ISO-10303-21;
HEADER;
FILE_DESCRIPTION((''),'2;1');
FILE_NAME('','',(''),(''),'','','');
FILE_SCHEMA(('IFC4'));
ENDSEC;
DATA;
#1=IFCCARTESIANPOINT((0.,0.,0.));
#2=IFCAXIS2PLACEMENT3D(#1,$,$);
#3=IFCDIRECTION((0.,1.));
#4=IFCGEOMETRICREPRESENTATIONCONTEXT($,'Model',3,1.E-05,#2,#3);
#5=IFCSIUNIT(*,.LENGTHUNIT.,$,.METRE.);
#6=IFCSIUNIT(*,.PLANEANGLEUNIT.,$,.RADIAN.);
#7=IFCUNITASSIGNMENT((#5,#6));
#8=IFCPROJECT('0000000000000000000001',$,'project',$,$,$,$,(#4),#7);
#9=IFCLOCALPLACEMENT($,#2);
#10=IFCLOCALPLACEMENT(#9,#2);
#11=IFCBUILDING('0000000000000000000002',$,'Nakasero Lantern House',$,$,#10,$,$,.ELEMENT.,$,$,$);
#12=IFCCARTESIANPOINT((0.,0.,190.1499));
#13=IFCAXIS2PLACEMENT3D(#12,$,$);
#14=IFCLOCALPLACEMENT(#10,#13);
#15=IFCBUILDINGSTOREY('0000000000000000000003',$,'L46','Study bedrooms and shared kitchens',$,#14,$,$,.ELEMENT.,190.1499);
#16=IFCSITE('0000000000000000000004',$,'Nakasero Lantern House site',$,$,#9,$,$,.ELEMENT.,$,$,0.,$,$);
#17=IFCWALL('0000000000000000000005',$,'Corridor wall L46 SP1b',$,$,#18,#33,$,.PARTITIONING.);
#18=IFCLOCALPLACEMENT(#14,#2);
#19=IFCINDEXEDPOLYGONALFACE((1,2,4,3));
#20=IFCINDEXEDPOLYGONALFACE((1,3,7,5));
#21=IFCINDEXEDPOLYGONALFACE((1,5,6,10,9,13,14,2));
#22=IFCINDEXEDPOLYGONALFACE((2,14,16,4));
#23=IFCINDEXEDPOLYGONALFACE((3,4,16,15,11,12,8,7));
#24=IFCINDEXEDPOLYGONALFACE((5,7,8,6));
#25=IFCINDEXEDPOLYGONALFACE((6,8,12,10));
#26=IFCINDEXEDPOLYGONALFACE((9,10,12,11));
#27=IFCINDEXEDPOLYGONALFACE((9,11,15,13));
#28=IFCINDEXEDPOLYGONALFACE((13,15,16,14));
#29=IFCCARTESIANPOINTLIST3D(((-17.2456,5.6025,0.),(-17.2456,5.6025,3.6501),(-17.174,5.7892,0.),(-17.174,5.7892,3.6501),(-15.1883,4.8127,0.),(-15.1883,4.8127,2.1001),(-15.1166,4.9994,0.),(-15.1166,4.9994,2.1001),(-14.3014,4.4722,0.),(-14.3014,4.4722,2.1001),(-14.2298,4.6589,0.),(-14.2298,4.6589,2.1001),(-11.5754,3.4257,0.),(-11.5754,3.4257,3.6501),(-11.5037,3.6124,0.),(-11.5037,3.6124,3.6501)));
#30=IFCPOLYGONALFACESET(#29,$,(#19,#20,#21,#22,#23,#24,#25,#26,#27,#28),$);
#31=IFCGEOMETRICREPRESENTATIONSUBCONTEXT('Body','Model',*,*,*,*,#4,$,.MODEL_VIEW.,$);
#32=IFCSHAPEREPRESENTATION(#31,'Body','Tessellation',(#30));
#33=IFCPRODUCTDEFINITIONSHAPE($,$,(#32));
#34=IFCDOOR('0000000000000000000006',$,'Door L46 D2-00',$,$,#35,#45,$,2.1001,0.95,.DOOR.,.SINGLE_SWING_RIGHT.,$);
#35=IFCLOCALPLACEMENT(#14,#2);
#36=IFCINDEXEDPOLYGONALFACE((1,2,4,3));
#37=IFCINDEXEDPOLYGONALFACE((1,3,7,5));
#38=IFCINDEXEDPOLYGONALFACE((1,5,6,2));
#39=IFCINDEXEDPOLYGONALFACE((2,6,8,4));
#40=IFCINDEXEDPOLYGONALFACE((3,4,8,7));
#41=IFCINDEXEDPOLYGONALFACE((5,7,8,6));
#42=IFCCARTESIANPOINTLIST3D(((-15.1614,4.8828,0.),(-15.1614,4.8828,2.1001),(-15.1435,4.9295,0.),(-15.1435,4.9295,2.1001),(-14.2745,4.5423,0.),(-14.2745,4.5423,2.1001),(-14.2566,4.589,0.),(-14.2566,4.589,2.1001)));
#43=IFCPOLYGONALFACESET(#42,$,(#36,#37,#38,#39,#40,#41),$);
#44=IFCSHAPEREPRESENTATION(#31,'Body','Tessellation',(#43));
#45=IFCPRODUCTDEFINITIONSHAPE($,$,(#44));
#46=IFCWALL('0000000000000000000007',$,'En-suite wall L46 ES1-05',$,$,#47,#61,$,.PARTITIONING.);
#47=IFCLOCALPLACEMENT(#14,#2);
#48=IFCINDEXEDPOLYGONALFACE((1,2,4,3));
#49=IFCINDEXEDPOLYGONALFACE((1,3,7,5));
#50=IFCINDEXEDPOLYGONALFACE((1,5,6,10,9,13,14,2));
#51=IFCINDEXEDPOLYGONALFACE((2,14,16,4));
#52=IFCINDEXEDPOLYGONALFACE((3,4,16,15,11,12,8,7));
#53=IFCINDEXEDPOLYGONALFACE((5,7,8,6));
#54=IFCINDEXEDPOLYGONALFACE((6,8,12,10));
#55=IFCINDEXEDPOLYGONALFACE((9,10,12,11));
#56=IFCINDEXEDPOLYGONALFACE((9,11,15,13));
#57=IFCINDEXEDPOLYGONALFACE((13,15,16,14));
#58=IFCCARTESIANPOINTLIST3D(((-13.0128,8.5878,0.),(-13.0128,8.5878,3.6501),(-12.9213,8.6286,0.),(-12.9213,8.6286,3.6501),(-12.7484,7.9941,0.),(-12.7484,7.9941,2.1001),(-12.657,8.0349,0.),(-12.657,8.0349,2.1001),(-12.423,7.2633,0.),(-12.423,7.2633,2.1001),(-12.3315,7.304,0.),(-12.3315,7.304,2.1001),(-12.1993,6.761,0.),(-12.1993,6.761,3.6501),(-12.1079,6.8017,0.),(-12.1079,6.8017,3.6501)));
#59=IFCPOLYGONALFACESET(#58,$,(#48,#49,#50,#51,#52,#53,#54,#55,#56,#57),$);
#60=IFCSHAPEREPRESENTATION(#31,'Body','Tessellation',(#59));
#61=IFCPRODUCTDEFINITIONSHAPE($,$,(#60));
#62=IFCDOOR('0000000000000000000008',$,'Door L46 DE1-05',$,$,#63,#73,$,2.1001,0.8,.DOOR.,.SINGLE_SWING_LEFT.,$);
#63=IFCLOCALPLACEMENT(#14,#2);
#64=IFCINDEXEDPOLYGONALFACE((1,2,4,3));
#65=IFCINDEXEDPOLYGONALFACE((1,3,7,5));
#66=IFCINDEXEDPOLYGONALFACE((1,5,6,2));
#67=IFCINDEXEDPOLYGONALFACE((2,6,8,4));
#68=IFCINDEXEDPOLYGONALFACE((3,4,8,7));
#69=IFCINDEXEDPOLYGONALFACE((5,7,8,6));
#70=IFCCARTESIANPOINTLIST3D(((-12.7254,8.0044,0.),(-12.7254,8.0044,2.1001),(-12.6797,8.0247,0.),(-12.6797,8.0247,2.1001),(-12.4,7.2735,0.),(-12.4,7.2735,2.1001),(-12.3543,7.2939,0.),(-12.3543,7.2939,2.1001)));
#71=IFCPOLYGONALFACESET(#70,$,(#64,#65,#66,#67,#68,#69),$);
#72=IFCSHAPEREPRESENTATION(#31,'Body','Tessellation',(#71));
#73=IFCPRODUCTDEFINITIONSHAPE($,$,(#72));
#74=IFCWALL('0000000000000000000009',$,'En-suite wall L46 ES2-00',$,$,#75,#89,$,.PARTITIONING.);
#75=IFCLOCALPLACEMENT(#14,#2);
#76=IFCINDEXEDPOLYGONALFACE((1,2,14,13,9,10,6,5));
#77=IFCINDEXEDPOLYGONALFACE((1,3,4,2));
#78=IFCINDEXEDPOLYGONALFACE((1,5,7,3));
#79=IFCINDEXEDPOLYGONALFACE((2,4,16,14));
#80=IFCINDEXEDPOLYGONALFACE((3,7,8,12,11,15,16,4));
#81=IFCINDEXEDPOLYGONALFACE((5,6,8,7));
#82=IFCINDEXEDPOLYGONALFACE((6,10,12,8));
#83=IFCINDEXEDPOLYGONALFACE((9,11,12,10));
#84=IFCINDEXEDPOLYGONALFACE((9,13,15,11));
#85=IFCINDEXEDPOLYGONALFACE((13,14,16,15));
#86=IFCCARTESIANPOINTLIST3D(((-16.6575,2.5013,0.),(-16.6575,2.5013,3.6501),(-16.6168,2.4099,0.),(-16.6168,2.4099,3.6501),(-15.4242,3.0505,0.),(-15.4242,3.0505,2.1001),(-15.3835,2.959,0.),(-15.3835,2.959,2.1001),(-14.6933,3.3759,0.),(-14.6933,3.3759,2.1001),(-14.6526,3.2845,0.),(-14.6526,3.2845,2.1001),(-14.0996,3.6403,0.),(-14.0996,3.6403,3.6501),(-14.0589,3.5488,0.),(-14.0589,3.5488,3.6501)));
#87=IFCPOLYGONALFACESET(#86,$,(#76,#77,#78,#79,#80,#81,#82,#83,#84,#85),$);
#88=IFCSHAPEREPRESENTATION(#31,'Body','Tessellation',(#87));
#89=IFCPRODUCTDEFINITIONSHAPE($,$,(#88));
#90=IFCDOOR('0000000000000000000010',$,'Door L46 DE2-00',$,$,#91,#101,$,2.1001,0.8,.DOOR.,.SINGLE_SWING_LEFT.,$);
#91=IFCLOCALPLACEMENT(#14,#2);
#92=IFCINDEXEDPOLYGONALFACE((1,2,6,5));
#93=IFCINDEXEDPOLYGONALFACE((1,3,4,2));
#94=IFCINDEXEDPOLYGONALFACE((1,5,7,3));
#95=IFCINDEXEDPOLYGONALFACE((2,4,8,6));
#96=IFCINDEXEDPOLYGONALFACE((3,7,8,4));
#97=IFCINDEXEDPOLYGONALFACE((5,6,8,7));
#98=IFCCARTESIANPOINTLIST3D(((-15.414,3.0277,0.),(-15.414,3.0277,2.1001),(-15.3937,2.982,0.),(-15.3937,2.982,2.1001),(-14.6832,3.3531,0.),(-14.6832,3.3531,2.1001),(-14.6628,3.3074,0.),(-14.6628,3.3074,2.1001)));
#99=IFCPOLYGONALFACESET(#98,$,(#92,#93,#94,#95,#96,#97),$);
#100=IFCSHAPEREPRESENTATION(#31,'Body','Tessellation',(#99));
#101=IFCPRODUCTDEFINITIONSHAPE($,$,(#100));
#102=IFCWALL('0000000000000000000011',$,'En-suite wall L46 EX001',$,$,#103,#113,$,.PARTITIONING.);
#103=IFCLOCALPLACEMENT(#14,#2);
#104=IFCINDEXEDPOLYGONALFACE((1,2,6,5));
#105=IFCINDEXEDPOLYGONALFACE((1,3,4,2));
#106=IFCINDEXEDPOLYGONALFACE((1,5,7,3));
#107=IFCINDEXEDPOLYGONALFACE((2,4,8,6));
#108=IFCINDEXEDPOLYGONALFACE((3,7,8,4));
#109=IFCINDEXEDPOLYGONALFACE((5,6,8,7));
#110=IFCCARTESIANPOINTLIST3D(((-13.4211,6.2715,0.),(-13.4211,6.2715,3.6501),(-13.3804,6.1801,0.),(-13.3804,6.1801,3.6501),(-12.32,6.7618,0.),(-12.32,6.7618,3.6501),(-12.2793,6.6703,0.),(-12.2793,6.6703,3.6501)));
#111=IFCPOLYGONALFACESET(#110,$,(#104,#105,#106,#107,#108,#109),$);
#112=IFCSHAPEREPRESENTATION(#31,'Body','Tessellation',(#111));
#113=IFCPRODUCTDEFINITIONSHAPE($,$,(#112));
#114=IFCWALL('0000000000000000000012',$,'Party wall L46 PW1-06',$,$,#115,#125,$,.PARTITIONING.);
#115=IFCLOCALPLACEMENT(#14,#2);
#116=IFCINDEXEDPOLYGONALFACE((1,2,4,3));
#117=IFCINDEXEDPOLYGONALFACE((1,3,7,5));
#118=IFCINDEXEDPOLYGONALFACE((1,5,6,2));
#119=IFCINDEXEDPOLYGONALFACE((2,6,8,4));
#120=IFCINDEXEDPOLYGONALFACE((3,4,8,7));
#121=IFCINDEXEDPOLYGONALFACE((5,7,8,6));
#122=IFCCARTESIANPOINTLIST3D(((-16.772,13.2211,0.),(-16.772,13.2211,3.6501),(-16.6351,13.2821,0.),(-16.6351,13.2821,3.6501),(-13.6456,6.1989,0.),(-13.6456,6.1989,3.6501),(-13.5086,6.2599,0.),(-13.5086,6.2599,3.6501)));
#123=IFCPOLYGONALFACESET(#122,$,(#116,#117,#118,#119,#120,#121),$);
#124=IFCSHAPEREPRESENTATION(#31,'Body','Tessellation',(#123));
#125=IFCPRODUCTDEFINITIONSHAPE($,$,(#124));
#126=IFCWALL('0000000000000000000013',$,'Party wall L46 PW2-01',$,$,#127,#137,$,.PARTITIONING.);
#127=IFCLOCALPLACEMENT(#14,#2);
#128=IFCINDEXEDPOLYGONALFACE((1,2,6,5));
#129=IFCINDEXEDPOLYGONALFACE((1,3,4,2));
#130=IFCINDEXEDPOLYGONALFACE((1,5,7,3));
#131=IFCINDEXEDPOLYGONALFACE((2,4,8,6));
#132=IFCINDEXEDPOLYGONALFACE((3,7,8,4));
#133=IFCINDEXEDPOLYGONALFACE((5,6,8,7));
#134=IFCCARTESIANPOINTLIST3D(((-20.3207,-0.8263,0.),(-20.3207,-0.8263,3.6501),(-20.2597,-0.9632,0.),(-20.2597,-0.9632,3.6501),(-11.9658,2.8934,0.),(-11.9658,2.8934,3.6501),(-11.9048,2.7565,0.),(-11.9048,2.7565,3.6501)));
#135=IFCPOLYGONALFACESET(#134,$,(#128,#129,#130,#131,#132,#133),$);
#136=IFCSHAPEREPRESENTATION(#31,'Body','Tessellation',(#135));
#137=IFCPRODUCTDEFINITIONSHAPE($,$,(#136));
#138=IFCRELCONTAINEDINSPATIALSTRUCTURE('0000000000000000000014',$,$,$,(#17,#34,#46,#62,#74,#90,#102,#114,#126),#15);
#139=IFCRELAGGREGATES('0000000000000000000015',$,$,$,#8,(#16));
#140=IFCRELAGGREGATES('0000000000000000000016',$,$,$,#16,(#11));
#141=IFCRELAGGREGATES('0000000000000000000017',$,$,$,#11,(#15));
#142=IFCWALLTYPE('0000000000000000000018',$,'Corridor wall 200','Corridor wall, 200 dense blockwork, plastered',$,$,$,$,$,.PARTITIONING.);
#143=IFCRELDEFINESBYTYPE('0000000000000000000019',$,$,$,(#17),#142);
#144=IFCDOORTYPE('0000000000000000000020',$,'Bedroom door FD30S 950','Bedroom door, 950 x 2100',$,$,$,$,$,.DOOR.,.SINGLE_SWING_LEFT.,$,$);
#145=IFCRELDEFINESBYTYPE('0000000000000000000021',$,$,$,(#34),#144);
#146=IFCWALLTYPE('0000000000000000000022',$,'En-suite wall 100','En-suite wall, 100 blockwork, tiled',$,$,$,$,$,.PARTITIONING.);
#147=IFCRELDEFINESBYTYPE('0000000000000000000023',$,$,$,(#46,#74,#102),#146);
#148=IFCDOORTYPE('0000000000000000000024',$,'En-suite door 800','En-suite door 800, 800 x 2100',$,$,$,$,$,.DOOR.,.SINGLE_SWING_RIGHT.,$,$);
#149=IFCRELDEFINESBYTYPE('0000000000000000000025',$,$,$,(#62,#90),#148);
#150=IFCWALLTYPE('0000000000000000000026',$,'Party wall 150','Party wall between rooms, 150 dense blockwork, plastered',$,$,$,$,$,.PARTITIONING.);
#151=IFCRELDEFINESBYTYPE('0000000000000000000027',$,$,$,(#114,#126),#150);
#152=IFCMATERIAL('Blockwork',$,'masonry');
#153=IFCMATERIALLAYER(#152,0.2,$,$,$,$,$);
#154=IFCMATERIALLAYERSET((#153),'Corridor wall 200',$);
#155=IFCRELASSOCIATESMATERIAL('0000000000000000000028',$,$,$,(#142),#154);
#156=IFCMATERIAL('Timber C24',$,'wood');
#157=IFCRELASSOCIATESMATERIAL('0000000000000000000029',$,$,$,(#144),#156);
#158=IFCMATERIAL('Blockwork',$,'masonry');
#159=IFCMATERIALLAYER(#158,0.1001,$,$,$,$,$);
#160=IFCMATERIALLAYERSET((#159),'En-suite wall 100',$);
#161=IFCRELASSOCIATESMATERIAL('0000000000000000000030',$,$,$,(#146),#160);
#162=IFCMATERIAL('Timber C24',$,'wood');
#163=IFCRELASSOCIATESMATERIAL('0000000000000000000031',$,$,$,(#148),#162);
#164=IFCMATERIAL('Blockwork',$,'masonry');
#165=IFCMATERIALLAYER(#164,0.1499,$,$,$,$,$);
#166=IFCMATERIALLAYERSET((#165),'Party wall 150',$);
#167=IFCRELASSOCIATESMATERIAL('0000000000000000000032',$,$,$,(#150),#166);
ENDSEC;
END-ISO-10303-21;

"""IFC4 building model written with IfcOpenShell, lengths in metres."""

from ifc_helpers import new_model, si_unit, direction, frame, frame_2d, origin, place, context, subcontext, project, spatial, rectangle, extrude, material, layer, layer_set, type_object, element, fill, save


model = new_model("IFC4")

# Units and contexts
model_context = context("Model", 3, precision=1e-05, world=origin(), true_north=direction((0.0, 1.0)))
body_context = subcontext(model_context, "Body", "Model", "MODEL_VIEW")
ifc_project = project(units=[si_unit("LENGTHUNIT", "METRE"), si_unit("PLANEANGLEUNIT", "RADIAN")], contexts=[model_context])

# Site, building, storey
site_placement = place(None, origin())
site = spatial("IfcSite", under=ifc_project, at=site_placement, Name="Nakasero Lantern House site", CompositionType="ELEMENT", RefElevation=0.0)
building_placement = place(site_placement, origin())
building = spatial("IfcBuilding", under=site, at=building_placement, Name="Nakasero Lantern House", CompositionType="ELEMENT")
storey_placement = place(building_placement, frame((0.0, 0.0, 190.1499)))
storey = spatial("IfcBuildingStorey", under=building, at=storey_placement, Name="L46", Description="Study bedrooms and shared kitchens", CompositionType="ELEMENT", Elevation=190.1499)

# Shared definitions
ifc_material_1 = material(Name="Blockwork", Category="masonry")
ifc_layer_1 = layer(ifc_material_1, 0.2)
ifc_layer_set_1 = layer_set([ifc_layer_1], Name="Corridor wall 200")
wall_type_1 = type_object("IfcWallType", Name="Corridor wall 200", Description="Corridor wall, 200 dense blockwork, plastered", PredefinedType="PARTITIONING", material=ifc_layer_set_1)

# Walls, openings, doors
ifc_material_2 = material(Name="Timber C24", Category="wood")
door_type_1 = type_object("IfcDoorType", Name="Bedroom door FD30S 950", Description="Bedroom door, 950 x 2100", OperationType="SINGLE_SWING_LEFT", PredefinedType="DOOR", material=ifc_material_2)
wall_1_placement = place(storey_placement, frame((-11.5396, 3.519, 0.0), z_axis=(0.0, 0.0, 1.0), x_axis=(-0.93357, 0.358394, 0.0)))
wall_1 = element("IfcWall", 1, at=wall_1_placement, inside=storey, type_object=wall_type_1, Name="Corridor wall L46 SP1b", PredefinedType="PARTITIONING", context=body_context, shape_type="SweptSolid", body=[
    extrude(rectangle(XDim=6.0737, YDim=0.2, at=frame_2d((3.0369, 0.0))), origin(), (0.0, 0.0, 1.0), 3.6501),
])
opening_1_placement = place(wall_1_placement, frame((2.9199, 0.0, 0.0)))
opening_1 = element("IfcOpeningElement", 2, at=opening_1_placement, cuts=wall_1, PredefinedType="OPENING", context=body_context, shape_type="SweptSolid", body=[
    extrude(rectangle(XDim=0.95, YDim=2.1001, at=frame_2d((0.4751, 1.05))), frame((0.0, 0.1199, 0.0), z_axis=(0.0, -1.0, 0.0), x_axis=(1.0, 0.0, 0.0)), (0.0, 0.0, 1.0), 0.24),
])
door_1_placement = place(opening_1_placement, origin())
door_1 = element("IfcDoor", 3, at=door_1_placement, inside=storey, type_object=door_type_1, Name="Door L46 D2-00", OperationType="SINGLE_SWING_RIGHT", OverallHeight=2.1001, OverallWidth=0.95, PredefinedType="DOOR", context=body_context, shape_type="SweptSolid", body=[
    extrude(rectangle(XDim=0.95, YDim=2.1001, at=frame_2d((0.4751, 1.05))), frame((0.0, 0.0249, 0.0), z_axis=(0.0, -1.0, 0.0), x_axis=(1.0, 0.0, 0.0)), (0.0, 0.0, 1.0), 0.05),
])
fill(opening_1, door_1)
ifc_material_3 = material(Name="Blockwork", Category="masonry")
ifc_layer_2 = layer(ifc_material_3, 0.1001)
ifc_layer_set_2 = layer_set([ifc_layer_2], Name="En-suite wall 100")
wall_type_2 = type_object("IfcWallType", Name="En-suite wall 100", Description="En-suite wall, 100 blockwork, tiled", PredefinedType="PARTITIONING", material=ifc_layer_set_2)
wall_2_placement = place(storey_placement, frame((-12.1536, 6.7812, 0.0), z_axis=(0.0, 0.0, 1.0), x_axis=(-0.406773, 0.913529, 0.0)))
wall_2 = element("IfcWall", 4, at=wall_2_placement, inside=storey, type_object=wall_type_2, Name="En-suite wall L46 ES1-05", PredefinedType="PARTITIONING", context=body_context, shape_type="SweptSolid", body=[
    extrude(rectangle(XDim=1.9998, YDim=0.1001, at=frame_2d((1.0, 0.0))), origin(), (0.0, 0.0, 1.0), 3.6501),
])
opening_2_placement = place(wall_2_placement, frame((0.55, 0.0, 0.0)))
opening_2 = element("IfcOpeningElement", 5, at=opening_2_placement, cuts=wall_2, PredefinedType="OPENING", context=body_context, shape_type="SweptSolid", body=[
    extrude(rectangle(XDim=0.8, YDim=2.1001, at=frame_2d((0.3999, 1.05))), frame((0.0, 0.0701, 0.0), z_axis=(0.0, -1.0, 0.0), x_axis=(1.0, 0.0, 0.0)), (0.0, 0.0, 1.0), 0.1401),
])
ifc_material_4 = material(Name="Timber C24", Category="wood")
door_type_2 = type_object("IfcDoorType", Name="En-suite door 800", Description="En-suite door 800, 800 x 2100", OperationType="SINGLE_SWING_RIGHT", PredefinedType="DOOR", material=ifc_material_4)
door_2_placement = place(opening_2_placement, origin())
door_2 = element("IfcDoor", 6, at=door_2_placement, inside=storey, type_object=door_type_2, Name="Door L46 DE1-05", OperationType="SINGLE_SWING_LEFT", OverallHeight=2.1001, OverallWidth=0.8, PredefinedType="DOOR", context=body_context, shape_type="SweptSolid", body=[
    extrude(rectangle(XDim=0.8, YDim=2.1001, at=frame_2d((0.3999, 1.05))), frame((0.0, 0.0249, 0.0), z_axis=(0.0, -1.0, 0.0), x_axis=(1.0, 0.0, 0.0)), (0.0, 0.0, 1.0), 0.05),
])
fill(opening_2, door_2)
wall_3_placement = place(storey_placement, frame((-14.0793, 3.5945, 0.0), z_axis=(0.0, 0.0, 1.0), x_axis=(-0.913534, -0.406761, 0.0)))
wall_3 = element("IfcWall", 7, at=wall_3_placement, inside=storey, type_object=wall_type_2, Name="En-suite wall L46 ES2-00", PredefinedType="PARTITIONING", context=body_context, shape_type="SweptSolid", body=[
    extrude(rectangle(XDim=2.8, YDim=0.1001, at=frame_2d((1.3999, 0.0))), origin(), (0.0, 0.0, 1.0), 3.6501),
])
opening_3_placement = place(wall_3_placement, frame((0.6499, 0.0, 0.0)))
opening_3 = element("IfcOpeningElement", 8, at=opening_3_placement, cuts=wall_3, PredefinedType="OPENING", context=body_context, shape_type="SweptSolid", body=[
    extrude(rectangle(XDim=0.8, YDim=2.1001, at=frame_2d((0.3999, 1.05))), frame((0.0, 0.0701, 0.0), z_axis=(0.0, -1.0, 0.0), x_axis=(1.0, 0.0, 0.0)), (0.0, 0.0, 1.0), 0.1401),
])
door_3_placement = place(opening_3_placement, origin())
door_3 = element("IfcDoor", 9, at=door_3_placement, inside=storey, type_object=door_type_2, Name="Door L46 DE2-00", OperationType="SINGLE_SWING_LEFT", OverallHeight=2.1001, OverallWidth=0.8, PredefinedType="DOOR", context=body_context, shape_type="SweptSolid", body=[
    extrude(rectangle(XDim=0.8, YDim=2.1001, at=frame_2d((0.3999, 1.05))), frame((0.0, 0.0249, 0.0), z_axis=(0.0, -1.0, 0.0), x_axis=(1.0, 0.0, 0.0)), (0.0, 0.0, 1.0), 0.05),
])
fill(opening_3, door_3)

# Walls
wall_4_placement = place(storey_placement, frame((-13.4006, 6.2258, 0.0), z_axis=(0.0, 0.0, 1.0), x_axis=(0.913544, 0.40674, 0.0)))
element("IfcWall", 10, at=wall_4_placement, inside=storey, type_object=wall_type_2, Name="En-suite wall L46 EX001", PredefinedType="PARTITIONING", context=body_context, shape_type="SweptSolid", body=[
    extrude(rectangle(XDim=1.2053, YDim=0.1001, at=frame_2d((0.6025, 0.0))), origin(), (0.0, 0.0, 1.0), 3.6501),
])
ifc_material_5 = material(Name="Blockwork", Category="masonry")
ifc_layer_3 = layer(ifc_material_5, 0.1499)
ifc_layer_set_3 = layer_set([ifc_layer_3], Name="Party wall 150")
wall_type_3 = type_object("IfcWallType", Name="Party wall 150", Description="Party wall between rooms, 150 dense blockwork, plastered", PredefinedType="PARTITIONING", material=ifc_layer_set_3)
wall_5_placement = place(storey_placement, frame((-13.5771, 6.2295, 0.0), z_axis=(0.0, 0.0, 1.0), x_axis=(-0.406734, 0.913547, 0.0)))
element("IfcWall", 11, at=wall_5_placement, inside=storey, type_object=wall_type_3, Name="Party wall L46 PW1-06", PredefinedType="PARTITIONING", context=body_context, shape_type="SweptSolid", body=[
    extrude(rectangle(XDim=7.6868, YDim=0.1499, at=frame_2d((3.8433, 0.0))), origin(), (0.0, 0.0, 1.0), 3.6501),
])
wall_6_placement = place(storey_placement, frame((-11.9353, 2.825, 0.0), z_axis=(0.0, 0.0, 1.0), x_axis=(-0.913552, -0.406723, 0.0)))
element("IfcWall", 12, at=wall_6_placement, inside=storey, type_object=wall_type_3, Name="Party wall L46 PW2-01", PredefinedType="PARTITIONING", context=body_context, shape_type="SweptSolid", body=[
    extrude(rectangle(XDim=9.1455, YDim=0.1499, at=frame_2d((4.5728, 0.0))), origin(), (0.0, 0.0, 1.0), 3.6501),
])

save(model, "model.ifc")
